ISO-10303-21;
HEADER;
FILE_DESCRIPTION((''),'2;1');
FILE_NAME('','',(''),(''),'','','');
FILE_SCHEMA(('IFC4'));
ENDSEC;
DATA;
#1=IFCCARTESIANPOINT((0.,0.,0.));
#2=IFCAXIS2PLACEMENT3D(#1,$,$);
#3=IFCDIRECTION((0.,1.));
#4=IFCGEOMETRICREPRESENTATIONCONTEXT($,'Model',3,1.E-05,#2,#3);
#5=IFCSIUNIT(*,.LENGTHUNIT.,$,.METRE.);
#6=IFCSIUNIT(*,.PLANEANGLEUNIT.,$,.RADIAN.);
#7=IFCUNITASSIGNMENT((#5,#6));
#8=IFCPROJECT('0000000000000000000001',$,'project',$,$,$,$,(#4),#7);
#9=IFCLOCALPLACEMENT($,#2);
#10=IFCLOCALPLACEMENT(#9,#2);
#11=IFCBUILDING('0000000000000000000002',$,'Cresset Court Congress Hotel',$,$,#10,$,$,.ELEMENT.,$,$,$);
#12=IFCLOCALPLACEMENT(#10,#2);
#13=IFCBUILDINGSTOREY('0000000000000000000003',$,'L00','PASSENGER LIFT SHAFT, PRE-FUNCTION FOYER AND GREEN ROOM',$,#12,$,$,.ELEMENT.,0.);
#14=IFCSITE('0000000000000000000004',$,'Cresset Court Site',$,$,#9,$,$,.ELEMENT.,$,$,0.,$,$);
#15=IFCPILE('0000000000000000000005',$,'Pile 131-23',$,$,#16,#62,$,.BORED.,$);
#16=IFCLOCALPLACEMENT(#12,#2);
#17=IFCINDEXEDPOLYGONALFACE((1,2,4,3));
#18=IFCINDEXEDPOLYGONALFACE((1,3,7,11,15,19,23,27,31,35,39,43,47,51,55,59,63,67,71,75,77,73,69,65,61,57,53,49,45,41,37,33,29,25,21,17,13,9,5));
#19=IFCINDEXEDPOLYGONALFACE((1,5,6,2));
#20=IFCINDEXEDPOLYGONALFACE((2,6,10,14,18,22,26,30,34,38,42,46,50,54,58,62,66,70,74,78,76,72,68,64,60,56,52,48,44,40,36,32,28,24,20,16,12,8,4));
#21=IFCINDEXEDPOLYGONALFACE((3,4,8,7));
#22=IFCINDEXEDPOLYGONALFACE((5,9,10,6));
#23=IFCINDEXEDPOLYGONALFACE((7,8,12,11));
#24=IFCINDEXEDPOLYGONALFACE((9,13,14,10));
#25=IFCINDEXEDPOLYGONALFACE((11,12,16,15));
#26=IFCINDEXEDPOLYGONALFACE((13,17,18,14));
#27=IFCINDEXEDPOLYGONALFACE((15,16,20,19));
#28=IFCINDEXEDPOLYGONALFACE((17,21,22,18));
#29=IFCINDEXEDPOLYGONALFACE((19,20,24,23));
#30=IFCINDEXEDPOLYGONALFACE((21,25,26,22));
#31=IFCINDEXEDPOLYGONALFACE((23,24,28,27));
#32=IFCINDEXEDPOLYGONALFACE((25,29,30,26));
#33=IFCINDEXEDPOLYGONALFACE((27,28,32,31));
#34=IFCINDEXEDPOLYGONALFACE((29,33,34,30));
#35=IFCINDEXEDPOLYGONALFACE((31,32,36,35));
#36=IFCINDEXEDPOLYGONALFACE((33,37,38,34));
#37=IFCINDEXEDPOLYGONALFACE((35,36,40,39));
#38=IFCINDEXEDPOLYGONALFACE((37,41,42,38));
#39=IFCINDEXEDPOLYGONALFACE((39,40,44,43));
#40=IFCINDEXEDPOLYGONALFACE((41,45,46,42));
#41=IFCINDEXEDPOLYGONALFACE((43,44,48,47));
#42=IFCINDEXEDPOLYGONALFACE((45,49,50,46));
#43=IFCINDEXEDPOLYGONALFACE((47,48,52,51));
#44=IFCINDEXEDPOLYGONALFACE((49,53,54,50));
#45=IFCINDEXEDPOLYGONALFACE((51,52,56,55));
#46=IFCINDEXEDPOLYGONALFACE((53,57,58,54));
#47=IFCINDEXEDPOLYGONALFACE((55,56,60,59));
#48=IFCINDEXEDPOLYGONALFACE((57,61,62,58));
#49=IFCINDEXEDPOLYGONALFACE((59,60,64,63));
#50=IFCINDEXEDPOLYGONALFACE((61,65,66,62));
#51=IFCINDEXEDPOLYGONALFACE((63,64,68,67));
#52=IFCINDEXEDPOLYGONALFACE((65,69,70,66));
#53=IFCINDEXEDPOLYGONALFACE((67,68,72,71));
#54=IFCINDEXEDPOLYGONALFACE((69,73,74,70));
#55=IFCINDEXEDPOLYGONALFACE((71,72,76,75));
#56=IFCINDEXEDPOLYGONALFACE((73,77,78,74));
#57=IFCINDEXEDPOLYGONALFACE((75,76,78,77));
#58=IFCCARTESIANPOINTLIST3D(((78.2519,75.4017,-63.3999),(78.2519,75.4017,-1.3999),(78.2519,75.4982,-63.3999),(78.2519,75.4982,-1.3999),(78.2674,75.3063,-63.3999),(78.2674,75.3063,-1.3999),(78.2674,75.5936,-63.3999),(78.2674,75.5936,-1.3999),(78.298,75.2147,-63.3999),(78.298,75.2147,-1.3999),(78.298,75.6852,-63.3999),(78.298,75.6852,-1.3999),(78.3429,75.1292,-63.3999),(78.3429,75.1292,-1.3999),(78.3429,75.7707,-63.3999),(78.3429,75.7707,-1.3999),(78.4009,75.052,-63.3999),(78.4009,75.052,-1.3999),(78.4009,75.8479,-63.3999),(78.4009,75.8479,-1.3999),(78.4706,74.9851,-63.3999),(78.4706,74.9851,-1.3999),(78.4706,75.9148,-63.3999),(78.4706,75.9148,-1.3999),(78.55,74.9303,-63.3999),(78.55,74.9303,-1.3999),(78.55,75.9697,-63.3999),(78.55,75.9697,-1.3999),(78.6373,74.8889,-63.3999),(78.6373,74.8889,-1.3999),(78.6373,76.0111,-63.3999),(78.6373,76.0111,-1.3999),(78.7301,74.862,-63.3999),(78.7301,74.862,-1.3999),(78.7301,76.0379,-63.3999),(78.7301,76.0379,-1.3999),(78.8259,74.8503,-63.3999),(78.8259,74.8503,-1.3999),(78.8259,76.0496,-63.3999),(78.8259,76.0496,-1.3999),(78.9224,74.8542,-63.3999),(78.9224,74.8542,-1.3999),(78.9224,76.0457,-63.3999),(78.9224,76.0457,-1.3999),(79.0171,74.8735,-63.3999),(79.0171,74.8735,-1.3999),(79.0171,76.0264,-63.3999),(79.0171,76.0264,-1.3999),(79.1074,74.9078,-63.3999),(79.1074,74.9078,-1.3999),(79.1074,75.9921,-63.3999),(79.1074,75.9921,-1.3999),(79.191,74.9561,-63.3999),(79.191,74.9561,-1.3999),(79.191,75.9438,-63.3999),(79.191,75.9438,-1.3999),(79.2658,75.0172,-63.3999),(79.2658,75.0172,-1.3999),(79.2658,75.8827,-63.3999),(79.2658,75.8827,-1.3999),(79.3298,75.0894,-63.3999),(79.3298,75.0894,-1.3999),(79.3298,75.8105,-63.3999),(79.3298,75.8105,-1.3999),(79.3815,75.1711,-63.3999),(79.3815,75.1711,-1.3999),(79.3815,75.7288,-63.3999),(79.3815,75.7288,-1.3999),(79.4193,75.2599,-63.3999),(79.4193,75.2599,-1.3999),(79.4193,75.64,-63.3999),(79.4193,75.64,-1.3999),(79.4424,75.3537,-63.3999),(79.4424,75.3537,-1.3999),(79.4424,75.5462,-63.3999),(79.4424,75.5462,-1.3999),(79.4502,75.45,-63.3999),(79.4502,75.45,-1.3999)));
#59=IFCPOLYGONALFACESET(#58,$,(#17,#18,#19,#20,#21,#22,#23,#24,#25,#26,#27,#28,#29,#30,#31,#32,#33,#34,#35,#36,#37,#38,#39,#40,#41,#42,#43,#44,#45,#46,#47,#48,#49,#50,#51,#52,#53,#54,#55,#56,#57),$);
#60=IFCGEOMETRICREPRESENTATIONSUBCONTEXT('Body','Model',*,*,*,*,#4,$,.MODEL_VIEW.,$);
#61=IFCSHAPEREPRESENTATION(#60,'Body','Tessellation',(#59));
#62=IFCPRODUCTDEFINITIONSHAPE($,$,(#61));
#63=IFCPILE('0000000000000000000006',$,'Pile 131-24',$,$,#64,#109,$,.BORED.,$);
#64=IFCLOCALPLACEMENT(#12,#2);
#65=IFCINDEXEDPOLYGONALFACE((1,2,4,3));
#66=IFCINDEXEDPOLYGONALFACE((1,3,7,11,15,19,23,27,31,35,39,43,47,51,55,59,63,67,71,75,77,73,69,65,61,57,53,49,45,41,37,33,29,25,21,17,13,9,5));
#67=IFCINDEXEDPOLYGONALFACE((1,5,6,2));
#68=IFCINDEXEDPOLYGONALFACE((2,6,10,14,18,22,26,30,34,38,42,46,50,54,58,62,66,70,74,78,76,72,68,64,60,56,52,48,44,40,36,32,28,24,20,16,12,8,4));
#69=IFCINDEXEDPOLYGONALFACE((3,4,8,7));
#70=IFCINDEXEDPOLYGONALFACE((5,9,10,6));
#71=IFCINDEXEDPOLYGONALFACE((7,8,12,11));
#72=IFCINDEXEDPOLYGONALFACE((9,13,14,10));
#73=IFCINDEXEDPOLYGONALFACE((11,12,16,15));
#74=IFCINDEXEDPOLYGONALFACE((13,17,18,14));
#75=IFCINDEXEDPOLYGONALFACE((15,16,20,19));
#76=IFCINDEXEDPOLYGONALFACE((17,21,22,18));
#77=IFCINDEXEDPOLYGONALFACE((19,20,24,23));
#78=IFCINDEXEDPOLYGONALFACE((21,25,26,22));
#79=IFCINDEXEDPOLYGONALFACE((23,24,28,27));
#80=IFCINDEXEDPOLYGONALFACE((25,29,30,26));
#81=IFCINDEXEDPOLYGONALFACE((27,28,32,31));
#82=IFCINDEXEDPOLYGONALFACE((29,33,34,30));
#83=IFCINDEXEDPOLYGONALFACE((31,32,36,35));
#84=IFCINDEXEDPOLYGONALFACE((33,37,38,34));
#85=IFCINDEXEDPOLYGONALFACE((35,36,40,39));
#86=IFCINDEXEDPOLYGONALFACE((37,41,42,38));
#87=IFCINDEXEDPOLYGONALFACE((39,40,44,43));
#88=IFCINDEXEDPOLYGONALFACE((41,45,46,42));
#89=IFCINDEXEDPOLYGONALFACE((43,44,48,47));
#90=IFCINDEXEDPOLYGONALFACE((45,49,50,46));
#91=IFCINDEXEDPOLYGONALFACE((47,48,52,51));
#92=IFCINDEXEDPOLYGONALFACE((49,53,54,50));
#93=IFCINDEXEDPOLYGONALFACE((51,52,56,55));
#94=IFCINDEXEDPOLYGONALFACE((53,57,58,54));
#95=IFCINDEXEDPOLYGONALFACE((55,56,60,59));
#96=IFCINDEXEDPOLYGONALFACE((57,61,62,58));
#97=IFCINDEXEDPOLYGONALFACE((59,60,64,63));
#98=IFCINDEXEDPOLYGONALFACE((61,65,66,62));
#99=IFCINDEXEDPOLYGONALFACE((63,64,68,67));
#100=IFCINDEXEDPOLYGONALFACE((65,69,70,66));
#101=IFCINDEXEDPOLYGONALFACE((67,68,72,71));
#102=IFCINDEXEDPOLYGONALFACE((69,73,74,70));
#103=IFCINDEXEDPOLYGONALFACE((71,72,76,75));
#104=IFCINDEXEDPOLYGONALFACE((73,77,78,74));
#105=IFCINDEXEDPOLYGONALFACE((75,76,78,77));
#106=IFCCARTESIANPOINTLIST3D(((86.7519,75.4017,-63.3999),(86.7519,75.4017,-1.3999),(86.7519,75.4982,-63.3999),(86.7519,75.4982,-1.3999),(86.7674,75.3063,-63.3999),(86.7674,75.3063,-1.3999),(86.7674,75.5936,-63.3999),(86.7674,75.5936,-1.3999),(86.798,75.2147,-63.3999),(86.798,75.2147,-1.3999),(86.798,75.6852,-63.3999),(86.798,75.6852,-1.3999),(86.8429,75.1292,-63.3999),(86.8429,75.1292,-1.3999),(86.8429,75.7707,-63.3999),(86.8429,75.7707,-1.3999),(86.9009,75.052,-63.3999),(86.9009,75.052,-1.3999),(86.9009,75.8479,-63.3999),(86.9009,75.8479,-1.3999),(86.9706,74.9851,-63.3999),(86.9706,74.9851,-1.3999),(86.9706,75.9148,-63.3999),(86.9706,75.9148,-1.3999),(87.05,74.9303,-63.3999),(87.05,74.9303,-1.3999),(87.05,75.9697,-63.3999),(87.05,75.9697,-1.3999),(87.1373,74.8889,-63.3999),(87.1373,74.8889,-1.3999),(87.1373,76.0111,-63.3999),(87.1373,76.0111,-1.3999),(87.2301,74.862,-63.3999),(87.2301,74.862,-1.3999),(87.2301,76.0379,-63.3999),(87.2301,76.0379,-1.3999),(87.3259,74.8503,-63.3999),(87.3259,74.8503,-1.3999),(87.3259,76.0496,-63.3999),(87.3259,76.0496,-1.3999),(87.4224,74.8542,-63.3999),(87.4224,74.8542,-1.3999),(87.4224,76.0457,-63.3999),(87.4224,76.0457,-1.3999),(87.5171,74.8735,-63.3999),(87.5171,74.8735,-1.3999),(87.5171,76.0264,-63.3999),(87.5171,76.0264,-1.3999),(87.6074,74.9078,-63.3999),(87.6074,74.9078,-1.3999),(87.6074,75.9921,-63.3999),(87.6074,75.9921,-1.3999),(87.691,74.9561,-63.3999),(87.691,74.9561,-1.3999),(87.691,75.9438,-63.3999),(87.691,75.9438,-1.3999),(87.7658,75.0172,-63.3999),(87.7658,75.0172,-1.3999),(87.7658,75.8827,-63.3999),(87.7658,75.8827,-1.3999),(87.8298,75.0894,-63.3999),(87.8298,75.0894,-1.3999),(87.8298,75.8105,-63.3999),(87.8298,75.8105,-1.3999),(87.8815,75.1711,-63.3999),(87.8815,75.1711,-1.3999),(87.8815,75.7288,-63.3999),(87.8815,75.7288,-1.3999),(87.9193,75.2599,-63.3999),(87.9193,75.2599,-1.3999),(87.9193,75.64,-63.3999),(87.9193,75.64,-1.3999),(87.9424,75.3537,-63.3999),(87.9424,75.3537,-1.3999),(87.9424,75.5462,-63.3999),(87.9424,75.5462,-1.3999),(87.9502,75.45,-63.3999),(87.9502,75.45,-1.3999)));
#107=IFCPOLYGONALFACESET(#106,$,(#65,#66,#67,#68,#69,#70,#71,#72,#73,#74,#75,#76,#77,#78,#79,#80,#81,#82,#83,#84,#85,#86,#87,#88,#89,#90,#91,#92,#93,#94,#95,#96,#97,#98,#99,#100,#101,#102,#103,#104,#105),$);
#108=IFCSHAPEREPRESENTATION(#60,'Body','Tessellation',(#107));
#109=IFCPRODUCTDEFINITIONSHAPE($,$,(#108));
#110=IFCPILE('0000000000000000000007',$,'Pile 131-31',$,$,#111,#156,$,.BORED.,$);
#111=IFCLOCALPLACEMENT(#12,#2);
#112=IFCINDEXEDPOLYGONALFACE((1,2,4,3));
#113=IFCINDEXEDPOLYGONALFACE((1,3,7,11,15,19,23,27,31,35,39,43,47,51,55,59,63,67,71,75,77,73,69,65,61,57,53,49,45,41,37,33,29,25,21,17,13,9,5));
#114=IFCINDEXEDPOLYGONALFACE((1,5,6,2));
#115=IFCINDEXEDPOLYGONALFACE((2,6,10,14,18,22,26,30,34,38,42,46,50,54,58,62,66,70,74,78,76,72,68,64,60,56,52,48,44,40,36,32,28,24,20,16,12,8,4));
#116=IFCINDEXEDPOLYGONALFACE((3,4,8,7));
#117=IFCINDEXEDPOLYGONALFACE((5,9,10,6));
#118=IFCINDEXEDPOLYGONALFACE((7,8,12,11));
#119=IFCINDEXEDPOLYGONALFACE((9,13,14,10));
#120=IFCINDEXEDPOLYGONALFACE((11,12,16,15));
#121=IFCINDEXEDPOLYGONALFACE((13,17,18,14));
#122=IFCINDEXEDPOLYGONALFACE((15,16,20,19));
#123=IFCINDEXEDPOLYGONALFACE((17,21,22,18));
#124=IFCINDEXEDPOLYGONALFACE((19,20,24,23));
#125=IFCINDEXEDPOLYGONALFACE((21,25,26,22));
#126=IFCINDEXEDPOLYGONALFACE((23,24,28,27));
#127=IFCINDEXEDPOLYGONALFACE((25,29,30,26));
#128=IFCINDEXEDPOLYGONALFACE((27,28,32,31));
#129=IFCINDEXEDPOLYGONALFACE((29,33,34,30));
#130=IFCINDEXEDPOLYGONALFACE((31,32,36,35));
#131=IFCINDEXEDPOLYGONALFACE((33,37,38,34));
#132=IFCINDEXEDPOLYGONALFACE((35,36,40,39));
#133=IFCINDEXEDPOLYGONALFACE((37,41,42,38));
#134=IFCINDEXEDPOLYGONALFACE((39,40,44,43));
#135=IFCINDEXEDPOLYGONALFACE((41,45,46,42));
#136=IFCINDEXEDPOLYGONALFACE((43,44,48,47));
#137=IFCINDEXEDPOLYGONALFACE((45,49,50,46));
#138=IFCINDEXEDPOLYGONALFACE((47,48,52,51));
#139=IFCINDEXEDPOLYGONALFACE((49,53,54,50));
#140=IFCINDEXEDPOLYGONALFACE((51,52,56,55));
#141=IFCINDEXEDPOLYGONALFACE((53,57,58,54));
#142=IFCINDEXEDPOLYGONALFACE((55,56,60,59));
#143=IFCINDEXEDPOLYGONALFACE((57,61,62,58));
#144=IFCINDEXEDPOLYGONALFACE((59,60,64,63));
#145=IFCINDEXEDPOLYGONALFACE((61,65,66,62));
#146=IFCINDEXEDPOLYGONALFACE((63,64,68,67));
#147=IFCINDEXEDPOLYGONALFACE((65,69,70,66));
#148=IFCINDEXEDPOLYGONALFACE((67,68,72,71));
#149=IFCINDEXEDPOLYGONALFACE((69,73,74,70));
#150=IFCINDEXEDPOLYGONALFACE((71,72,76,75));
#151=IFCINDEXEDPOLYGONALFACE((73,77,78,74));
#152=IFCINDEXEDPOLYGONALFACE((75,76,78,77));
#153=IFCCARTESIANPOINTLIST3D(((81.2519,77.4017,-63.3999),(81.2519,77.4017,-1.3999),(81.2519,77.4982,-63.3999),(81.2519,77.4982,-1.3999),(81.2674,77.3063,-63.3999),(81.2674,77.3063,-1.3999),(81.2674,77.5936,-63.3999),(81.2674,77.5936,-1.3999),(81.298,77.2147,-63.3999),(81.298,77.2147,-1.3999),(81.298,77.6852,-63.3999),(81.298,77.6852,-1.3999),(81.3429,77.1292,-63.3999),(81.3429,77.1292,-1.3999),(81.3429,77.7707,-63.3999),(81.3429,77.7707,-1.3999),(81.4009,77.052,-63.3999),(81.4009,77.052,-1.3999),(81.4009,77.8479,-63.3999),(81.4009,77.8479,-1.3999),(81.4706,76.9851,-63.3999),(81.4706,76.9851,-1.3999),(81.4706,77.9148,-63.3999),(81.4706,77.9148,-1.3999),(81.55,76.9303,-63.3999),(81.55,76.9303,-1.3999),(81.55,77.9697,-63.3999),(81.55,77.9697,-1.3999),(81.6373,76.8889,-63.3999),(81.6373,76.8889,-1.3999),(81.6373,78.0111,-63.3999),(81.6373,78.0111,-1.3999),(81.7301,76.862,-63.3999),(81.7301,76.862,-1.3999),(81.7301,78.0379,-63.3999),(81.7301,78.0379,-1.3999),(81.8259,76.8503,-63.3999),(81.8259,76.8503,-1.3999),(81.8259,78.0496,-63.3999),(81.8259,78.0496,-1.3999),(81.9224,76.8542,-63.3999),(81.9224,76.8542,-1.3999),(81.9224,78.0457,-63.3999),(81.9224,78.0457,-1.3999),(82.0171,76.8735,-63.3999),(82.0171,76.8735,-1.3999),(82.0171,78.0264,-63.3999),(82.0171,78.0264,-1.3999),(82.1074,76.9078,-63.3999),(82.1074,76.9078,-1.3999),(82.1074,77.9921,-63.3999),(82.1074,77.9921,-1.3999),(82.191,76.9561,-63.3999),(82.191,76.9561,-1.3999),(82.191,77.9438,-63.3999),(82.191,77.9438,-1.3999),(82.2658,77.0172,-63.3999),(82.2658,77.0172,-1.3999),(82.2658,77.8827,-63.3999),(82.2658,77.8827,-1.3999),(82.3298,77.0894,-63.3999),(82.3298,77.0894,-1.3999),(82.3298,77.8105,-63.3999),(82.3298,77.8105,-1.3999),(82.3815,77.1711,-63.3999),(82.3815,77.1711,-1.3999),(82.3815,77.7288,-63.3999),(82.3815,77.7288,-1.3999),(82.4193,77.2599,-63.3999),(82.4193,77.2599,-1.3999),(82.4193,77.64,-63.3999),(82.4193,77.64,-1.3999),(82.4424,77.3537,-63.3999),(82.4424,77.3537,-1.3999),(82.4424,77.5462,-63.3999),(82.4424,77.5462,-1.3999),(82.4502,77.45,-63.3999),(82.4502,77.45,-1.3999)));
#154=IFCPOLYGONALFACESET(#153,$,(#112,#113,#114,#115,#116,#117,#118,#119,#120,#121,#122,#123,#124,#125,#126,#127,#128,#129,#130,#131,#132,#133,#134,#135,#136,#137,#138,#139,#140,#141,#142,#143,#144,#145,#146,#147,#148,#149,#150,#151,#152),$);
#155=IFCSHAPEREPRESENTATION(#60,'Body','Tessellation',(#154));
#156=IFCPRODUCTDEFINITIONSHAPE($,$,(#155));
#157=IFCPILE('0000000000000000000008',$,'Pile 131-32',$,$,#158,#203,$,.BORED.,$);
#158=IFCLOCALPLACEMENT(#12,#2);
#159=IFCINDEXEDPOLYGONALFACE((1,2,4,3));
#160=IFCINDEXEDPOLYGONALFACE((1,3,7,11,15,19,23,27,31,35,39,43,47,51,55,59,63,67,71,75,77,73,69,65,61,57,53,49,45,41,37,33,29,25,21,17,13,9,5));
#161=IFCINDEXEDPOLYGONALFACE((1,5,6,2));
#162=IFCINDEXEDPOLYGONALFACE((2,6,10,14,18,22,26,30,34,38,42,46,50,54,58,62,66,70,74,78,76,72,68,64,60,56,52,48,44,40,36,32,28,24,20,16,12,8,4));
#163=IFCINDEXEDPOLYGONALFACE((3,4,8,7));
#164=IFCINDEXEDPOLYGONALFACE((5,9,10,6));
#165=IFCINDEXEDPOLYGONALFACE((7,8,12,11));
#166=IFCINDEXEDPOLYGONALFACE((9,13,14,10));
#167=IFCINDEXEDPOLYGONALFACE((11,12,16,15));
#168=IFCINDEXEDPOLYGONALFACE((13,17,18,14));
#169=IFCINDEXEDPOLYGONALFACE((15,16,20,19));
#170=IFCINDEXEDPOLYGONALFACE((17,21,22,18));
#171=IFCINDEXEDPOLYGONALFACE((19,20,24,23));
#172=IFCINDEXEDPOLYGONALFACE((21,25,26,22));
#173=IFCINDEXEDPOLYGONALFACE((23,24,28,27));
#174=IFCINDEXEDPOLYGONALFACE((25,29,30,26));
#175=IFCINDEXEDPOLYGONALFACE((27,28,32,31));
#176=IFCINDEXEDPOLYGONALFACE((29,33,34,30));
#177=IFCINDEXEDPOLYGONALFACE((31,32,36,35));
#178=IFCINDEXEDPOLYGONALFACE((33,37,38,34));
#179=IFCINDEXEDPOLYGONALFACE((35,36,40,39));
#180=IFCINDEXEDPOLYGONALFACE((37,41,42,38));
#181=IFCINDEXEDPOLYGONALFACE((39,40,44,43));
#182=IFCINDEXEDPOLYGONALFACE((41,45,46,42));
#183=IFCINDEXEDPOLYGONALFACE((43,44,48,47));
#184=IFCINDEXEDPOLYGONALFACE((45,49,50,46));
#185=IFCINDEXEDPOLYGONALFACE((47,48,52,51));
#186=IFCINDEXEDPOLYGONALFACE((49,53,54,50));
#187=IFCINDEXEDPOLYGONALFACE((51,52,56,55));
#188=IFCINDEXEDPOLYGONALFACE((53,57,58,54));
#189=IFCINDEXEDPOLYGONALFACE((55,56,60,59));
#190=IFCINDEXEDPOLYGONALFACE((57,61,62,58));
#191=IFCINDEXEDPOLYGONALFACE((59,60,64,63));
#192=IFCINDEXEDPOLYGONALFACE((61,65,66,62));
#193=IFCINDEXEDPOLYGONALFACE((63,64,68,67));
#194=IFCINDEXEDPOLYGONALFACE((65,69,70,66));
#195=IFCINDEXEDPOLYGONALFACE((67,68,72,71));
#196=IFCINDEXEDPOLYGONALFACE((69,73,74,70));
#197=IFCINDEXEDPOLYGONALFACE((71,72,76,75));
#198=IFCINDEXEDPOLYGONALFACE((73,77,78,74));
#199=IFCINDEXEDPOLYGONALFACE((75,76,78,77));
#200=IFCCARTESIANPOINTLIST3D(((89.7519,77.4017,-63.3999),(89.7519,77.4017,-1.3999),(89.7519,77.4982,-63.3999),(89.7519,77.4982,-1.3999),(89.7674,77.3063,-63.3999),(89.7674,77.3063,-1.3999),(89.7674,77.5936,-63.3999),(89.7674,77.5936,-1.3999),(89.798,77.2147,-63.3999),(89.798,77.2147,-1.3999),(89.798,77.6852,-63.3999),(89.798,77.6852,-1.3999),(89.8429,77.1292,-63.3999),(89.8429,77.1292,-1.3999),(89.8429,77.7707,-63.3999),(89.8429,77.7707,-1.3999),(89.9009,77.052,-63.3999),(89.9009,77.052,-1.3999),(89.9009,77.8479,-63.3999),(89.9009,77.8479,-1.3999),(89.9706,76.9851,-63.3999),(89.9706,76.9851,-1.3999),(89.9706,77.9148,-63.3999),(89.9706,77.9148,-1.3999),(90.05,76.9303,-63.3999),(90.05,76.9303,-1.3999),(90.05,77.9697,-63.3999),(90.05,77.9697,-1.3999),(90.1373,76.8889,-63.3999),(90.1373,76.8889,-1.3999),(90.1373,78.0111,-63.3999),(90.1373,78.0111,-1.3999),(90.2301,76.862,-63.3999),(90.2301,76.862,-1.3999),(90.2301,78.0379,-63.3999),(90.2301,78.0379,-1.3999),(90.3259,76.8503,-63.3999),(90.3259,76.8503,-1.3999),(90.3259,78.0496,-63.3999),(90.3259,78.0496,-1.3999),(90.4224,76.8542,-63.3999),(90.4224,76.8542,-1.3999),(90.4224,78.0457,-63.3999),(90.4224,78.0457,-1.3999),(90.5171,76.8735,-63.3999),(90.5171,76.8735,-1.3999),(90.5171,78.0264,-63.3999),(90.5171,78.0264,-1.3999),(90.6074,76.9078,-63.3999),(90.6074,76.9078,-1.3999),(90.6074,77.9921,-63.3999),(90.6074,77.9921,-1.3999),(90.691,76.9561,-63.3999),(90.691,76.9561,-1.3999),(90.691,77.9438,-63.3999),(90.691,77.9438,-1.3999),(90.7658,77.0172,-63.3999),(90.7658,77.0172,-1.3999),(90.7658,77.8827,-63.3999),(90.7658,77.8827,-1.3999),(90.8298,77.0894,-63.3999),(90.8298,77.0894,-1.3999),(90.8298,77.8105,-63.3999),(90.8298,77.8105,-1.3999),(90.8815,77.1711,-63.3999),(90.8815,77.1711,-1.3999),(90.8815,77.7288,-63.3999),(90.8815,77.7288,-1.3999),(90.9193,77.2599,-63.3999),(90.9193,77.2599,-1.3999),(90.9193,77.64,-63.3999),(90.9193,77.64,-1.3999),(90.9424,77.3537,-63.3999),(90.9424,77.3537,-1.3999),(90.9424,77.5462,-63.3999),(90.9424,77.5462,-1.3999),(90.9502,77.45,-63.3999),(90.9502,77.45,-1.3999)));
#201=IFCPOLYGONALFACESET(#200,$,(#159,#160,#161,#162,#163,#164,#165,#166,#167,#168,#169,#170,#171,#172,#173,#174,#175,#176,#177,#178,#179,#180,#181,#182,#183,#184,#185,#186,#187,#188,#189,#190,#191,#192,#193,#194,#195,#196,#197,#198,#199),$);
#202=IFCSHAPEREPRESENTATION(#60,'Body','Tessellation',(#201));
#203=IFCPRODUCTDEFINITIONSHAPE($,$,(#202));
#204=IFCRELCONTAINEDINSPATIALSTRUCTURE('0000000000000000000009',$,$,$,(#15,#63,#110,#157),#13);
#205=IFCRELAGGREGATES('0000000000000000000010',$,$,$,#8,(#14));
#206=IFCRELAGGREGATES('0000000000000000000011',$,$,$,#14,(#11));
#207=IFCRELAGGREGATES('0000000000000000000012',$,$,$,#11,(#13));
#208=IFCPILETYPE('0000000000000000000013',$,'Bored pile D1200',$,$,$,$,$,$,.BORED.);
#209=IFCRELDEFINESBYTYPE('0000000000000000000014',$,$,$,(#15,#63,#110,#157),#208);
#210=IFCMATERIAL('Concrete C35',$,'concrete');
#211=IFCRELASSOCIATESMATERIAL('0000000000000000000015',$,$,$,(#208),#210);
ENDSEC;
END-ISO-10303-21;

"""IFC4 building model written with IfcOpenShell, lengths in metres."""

from ifc_helpers import new_model, si_unit, direction, frame, origin, origin_2d, place, context, subcontext, project, spatial, circle, extrude, material, type_object, element, save


model = new_model("IFC4")

# Units and contexts
model_context = context("Model", 3, precision=1e-05, world=origin(), true_north=direction((0.0, 1.0)))
body_context = subcontext(model_context, "Body", "Model", "MODEL_VIEW")
ifc_project = project(units=[si_unit("LENGTHUNIT", "METRE"), si_unit("PLANEANGLEUNIT", "RADIAN")], contexts=[model_context])

# Site, building, storey
site_placement = place(None, origin())
site = spatial("IfcSite", under=ifc_project, at=site_placement, Name="Cresset Court Site", CompositionType="ELEMENT", RefElevation=0.0)
building_placement = place(site_placement, origin())
building = spatial("IfcBuilding", under=site, at=building_placement, Name="Cresset Court Congress Hotel", CompositionType="ELEMENT")
storey_placement = place(building_placement, origin())
storey = spatial("IfcBuildingStorey", under=building, at=storey_placement, Name="L00", Description="PASSENGER LIFT SHAFT, PRE-FUNCTION FOYER AND GREEN ROOM", CompositionType="ELEMENT", Elevation=0.0)

# Piles
ifc_material_1 = material(Name="Concrete C35", Category="concrete")
pile_type = type_object("IfcPileType", Name="Bored pile D1200", PredefinedType="BORED", material=ifc_material_1)
for number, where, z_axis, x_axis, name in (
    (1, (78.8501, 75.45, -1.3999), (0.0, 0.0, -1.0), (1.0, 0.0, 0.0), "Pile 131-23"),
    (2, (87.3501, 75.45, -1.3999), (0.0, 0.0, -1.0), (1.0, 0.0, 0.0), "Pile 131-24"),
    (3, (81.8501, 77.45, -1.3999), (0.0, 0.0, -1.0), (1.0, 0.0, 0.0), "Pile 131-31"),
    (4, (90.3501, 77.45, -1.3999), (0.0, 0.0, -1.0), (1.0, 0.0, 0.0), "Pile 131-32"),
):
    element("IfcPile", number, at=place(storey_placement, frame(where, z_axis=z_axis, x_axis=x_axis)), inside=storey, type_object=pile_type, Name=name, PredefinedType="BORED", context=body_context, shape_type="SweptSolid", body=[
        extrude(circle(Radius=0.6001, at=origin_2d()), origin(), (0.0, 0.0, 1.0), 62.0),
    ])

save(model, "model.ifc")
